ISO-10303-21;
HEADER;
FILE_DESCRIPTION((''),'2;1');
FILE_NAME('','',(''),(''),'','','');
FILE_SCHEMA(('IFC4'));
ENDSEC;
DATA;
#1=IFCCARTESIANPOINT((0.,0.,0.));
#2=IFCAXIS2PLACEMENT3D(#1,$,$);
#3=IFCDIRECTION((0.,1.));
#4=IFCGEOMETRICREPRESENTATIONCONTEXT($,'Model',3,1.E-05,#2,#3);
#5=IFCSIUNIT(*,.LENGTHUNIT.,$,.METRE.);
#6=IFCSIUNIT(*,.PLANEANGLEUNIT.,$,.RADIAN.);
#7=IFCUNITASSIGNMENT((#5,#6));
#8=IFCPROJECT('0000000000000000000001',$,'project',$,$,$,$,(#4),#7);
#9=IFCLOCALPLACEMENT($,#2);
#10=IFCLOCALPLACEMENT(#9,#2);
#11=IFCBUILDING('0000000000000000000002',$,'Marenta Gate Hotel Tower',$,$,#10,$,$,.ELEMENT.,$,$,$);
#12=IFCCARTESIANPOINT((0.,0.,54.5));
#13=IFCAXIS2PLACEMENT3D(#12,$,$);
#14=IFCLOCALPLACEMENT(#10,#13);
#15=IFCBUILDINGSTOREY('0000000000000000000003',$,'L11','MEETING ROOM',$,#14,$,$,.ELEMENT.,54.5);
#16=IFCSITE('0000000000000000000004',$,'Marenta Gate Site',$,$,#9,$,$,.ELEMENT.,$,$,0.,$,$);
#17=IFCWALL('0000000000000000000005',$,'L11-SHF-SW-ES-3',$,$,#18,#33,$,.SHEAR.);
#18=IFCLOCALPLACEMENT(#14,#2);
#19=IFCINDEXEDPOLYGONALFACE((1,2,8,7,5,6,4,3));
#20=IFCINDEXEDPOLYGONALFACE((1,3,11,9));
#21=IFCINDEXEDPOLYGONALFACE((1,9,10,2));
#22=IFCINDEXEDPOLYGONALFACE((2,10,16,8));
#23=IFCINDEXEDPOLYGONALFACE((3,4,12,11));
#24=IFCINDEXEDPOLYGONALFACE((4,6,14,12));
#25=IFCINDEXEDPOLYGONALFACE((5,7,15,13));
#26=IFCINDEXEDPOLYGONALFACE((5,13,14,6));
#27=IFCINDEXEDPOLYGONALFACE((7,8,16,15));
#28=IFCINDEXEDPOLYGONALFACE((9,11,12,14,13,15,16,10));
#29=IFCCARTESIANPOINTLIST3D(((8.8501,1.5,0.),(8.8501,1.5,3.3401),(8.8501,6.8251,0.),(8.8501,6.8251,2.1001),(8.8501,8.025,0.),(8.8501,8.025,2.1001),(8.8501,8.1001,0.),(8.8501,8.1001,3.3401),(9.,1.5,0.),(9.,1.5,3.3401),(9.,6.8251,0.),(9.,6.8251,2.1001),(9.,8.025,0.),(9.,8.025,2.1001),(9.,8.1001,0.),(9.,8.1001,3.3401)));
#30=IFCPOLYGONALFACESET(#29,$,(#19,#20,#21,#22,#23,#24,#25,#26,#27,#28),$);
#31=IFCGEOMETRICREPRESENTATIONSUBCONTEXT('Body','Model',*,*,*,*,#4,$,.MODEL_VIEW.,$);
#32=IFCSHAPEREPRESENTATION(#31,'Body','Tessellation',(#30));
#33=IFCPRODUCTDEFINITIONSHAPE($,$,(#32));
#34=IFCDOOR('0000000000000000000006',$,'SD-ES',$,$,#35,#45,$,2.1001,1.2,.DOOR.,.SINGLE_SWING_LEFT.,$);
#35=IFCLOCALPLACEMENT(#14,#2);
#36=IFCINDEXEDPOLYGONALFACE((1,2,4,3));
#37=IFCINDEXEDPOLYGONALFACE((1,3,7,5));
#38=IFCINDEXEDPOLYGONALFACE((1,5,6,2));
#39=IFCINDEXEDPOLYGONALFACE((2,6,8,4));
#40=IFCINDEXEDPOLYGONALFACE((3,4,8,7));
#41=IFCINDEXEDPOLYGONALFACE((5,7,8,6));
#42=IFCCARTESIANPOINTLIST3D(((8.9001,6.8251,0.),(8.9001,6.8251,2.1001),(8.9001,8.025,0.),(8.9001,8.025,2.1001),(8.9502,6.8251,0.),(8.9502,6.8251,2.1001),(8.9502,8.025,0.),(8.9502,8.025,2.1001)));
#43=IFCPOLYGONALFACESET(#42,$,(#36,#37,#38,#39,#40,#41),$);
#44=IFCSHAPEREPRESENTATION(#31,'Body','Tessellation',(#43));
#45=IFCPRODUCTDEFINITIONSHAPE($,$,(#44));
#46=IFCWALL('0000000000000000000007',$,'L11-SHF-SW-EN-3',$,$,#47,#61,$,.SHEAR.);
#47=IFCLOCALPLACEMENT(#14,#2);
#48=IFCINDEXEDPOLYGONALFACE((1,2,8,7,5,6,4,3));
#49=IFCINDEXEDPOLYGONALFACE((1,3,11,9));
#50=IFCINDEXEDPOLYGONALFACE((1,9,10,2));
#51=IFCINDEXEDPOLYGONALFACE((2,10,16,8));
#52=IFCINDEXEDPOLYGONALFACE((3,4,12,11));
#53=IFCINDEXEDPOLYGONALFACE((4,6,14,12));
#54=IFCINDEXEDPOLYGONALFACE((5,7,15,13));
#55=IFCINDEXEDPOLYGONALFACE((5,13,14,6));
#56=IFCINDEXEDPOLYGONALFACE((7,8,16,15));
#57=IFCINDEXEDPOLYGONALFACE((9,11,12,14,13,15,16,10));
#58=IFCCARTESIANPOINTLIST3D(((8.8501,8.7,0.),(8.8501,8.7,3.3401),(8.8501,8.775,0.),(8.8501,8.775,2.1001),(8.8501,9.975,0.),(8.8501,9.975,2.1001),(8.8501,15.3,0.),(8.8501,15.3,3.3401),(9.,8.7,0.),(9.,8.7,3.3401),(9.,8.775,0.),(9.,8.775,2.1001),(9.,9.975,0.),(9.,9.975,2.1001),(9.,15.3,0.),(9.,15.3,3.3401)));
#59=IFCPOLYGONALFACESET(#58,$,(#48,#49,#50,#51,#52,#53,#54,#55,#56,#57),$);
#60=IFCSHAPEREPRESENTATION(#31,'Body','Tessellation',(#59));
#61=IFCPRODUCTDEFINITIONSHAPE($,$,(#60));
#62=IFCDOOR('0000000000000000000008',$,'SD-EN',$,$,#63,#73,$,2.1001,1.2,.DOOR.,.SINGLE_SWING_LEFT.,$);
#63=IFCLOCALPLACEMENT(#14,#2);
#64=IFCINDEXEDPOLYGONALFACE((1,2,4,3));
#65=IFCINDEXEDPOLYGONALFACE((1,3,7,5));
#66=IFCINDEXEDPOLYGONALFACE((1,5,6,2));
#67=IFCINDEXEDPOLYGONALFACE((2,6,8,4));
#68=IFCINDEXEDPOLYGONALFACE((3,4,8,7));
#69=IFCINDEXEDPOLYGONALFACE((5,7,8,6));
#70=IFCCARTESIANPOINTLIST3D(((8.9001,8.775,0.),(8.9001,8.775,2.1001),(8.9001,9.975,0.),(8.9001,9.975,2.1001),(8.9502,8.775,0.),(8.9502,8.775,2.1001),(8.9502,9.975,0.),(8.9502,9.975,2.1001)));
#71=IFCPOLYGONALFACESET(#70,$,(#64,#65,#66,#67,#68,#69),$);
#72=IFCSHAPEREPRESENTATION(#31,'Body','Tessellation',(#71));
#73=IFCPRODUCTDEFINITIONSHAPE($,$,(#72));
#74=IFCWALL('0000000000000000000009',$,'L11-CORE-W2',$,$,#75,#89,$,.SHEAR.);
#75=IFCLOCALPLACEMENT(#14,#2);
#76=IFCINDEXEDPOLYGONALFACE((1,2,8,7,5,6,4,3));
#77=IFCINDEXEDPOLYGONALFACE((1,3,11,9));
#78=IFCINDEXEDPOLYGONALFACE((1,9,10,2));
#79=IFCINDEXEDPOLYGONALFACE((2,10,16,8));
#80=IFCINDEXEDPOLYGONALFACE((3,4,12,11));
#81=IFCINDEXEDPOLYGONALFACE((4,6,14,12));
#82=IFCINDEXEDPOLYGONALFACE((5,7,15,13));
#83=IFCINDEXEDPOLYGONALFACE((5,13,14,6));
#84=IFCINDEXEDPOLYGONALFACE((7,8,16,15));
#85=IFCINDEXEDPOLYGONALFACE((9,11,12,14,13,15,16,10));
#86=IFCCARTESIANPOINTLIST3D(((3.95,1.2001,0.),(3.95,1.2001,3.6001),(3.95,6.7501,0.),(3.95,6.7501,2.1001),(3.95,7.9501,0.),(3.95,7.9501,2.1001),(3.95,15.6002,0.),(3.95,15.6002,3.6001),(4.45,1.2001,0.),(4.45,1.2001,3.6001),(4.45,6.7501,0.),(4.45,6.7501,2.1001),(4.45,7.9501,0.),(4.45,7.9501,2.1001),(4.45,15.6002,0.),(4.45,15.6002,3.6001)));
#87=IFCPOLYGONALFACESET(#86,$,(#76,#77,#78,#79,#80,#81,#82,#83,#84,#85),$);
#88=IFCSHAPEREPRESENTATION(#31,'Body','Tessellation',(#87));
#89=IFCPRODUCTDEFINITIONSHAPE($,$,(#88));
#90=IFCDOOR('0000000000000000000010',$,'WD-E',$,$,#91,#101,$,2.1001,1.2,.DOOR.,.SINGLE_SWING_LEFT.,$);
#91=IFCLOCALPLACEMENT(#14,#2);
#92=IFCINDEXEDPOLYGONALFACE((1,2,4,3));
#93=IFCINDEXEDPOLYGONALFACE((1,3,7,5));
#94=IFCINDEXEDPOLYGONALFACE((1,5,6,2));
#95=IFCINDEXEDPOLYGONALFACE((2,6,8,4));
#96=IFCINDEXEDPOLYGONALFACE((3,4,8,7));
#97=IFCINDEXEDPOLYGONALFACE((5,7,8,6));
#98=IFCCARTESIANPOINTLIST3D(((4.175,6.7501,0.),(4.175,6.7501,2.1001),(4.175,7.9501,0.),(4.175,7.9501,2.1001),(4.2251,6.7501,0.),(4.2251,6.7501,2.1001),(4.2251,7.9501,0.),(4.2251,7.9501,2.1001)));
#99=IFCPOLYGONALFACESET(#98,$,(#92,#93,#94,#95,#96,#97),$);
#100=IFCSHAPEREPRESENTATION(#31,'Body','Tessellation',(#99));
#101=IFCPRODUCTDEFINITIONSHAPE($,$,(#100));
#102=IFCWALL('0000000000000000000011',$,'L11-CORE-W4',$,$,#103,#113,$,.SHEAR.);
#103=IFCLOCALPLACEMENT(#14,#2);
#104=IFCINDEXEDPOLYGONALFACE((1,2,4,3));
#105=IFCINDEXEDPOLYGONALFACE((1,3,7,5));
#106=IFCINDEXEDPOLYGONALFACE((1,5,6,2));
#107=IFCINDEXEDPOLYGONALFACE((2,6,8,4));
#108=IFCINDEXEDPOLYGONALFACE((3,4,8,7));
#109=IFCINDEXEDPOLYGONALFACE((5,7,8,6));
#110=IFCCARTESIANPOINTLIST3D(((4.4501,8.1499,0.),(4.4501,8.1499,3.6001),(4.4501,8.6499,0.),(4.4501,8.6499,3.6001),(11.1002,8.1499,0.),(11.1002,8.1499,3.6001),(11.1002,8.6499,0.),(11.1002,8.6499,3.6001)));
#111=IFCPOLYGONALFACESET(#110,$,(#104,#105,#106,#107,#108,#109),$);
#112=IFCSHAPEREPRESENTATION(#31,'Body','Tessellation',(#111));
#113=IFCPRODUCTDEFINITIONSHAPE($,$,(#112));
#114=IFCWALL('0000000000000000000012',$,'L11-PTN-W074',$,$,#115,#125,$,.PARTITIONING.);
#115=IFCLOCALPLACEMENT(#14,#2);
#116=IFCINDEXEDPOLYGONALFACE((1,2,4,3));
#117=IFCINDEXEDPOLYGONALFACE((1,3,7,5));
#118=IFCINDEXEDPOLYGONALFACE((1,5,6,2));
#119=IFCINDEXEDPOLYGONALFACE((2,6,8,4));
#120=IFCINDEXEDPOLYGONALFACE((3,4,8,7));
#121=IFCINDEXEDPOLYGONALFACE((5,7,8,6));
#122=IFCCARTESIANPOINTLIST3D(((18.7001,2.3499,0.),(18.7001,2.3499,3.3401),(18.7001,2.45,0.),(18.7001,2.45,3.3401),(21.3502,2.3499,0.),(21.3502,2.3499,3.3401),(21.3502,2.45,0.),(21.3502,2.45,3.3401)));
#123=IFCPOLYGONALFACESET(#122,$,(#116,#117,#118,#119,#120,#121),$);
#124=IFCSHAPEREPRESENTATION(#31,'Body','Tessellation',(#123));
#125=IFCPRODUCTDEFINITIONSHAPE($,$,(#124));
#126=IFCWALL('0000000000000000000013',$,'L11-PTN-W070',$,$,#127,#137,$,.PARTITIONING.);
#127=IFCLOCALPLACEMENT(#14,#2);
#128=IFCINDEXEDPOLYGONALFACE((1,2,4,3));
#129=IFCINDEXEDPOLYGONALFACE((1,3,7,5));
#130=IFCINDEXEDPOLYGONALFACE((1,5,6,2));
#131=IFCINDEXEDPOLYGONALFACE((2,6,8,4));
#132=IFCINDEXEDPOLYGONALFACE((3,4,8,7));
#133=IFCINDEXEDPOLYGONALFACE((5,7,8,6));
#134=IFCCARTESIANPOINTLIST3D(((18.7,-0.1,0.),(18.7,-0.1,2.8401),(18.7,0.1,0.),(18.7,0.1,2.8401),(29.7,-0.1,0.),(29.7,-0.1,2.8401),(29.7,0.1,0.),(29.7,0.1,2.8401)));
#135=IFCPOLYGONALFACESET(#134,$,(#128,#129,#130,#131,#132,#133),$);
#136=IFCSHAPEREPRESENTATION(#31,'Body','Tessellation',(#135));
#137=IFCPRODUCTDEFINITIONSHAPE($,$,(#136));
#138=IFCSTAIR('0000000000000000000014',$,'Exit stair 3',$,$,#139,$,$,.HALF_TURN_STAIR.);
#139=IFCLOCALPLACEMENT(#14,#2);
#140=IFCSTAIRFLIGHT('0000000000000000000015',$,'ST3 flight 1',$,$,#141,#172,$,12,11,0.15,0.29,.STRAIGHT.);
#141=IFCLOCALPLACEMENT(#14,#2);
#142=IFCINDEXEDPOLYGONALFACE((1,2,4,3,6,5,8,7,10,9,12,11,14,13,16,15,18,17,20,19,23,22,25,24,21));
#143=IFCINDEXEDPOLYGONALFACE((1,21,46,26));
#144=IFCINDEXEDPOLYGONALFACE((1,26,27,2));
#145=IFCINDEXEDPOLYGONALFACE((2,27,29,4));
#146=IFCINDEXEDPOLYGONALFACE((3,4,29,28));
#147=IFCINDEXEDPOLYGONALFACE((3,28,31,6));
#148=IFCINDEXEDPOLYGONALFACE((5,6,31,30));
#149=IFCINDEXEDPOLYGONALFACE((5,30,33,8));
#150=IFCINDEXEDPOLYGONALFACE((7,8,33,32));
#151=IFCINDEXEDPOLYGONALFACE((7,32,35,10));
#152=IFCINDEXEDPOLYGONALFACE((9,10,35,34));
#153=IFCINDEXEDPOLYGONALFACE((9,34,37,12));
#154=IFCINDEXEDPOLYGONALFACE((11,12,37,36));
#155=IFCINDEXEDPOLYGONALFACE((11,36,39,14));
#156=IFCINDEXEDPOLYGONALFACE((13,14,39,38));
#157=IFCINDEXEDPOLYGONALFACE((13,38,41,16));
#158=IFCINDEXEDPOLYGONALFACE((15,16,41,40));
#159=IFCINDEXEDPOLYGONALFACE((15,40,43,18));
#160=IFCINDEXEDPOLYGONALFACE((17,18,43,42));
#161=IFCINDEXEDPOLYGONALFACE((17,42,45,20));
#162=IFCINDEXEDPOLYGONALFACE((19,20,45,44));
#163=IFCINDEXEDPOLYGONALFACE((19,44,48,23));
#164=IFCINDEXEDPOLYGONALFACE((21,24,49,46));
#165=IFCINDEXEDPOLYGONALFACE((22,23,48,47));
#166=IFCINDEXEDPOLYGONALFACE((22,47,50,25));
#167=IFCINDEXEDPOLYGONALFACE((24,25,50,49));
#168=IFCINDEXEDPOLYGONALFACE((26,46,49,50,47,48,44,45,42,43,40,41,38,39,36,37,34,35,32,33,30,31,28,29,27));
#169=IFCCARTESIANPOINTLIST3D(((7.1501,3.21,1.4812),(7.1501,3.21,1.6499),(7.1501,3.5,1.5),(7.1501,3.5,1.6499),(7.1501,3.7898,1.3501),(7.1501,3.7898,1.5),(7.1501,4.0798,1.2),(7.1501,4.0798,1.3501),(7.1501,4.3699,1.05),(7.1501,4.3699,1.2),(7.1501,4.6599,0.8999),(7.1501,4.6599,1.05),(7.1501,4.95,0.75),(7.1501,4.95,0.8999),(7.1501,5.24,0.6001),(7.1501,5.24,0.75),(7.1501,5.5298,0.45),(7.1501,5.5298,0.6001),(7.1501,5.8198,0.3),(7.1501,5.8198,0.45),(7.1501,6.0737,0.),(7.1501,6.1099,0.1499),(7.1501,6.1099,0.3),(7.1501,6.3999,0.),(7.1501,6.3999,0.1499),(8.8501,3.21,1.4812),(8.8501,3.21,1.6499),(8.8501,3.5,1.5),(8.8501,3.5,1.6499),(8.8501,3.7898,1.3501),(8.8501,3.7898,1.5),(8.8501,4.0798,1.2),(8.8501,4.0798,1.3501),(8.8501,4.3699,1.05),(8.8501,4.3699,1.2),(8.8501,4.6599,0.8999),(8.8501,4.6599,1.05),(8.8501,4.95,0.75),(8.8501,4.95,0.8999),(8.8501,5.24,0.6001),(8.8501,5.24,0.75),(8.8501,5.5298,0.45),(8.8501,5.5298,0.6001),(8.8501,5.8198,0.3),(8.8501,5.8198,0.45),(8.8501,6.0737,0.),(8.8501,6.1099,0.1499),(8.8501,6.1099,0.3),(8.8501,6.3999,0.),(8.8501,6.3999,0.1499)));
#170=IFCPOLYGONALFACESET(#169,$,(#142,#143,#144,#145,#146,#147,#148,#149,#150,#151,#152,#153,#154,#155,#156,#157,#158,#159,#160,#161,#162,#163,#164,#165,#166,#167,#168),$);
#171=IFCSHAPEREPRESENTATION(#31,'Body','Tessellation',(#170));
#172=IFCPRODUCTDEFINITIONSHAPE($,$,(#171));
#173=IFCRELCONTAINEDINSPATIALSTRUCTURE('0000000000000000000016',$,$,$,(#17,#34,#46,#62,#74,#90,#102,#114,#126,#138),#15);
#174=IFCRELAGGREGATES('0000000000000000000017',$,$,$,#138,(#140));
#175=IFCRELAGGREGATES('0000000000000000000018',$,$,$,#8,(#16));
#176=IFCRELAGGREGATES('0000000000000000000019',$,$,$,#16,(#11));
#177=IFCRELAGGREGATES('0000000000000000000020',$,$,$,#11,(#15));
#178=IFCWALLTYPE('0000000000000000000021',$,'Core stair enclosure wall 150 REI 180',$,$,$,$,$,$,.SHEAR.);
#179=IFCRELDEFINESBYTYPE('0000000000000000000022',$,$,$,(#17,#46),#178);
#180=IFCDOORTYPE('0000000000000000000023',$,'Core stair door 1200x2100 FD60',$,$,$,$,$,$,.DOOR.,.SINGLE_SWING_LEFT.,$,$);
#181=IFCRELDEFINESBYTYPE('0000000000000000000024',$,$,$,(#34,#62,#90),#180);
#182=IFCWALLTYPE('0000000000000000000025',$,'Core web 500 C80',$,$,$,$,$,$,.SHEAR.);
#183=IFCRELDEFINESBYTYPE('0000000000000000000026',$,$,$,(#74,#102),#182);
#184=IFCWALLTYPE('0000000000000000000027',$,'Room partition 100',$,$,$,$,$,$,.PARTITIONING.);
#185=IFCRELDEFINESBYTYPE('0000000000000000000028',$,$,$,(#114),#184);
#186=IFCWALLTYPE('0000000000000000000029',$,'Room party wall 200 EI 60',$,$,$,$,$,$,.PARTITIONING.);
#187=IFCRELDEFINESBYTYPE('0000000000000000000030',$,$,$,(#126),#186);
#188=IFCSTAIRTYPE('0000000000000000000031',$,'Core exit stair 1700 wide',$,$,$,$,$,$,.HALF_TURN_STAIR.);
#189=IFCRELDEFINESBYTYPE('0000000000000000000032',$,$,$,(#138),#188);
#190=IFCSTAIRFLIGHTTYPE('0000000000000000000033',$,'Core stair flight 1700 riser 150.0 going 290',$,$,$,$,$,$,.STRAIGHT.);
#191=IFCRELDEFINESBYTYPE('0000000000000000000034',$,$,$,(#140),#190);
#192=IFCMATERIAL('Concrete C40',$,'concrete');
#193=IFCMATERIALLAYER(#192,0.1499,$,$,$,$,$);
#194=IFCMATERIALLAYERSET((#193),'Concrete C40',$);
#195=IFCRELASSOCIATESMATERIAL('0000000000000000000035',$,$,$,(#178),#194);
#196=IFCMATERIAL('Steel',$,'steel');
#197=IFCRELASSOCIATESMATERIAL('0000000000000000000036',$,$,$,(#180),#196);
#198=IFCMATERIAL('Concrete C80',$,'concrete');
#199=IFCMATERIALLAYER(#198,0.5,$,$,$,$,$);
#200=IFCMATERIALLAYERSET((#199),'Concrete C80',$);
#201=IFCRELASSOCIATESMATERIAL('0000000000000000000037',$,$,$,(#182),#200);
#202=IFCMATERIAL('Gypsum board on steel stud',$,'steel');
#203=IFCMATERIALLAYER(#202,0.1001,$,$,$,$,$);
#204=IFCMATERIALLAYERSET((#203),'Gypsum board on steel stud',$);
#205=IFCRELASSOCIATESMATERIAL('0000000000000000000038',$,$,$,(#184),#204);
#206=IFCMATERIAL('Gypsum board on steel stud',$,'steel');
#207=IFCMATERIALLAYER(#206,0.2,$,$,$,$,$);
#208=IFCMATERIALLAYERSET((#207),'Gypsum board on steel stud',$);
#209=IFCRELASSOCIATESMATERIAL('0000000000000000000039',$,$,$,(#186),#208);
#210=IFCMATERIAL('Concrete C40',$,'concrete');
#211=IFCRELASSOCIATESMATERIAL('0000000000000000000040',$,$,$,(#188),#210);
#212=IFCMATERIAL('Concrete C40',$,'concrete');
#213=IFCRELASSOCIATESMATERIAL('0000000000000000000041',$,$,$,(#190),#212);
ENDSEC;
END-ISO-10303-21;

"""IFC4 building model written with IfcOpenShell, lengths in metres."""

from ifc_helpers import new_model, si_unit, direction, frame, frame_2d, origin, place, context, subcontext, project, spatial, polyline, rectangle, outline, extrude, material, layer, layer_set, type_object, element, fill, aggregate, save


model = new_model("IFC4")

# Units and contexts
model_context = context("Model", 3, precision=1e-05, world=origin(), true_north=direction((0.0, 1.0)))
body_context = subcontext(model_context, "Body", "Model", "MODEL_VIEW")
ifc_project = project(units=[si_unit("LENGTHUNIT", "METRE"), si_unit("PLANEANGLEUNIT", "RADIAN")], contexts=[model_context])

# Site, building, storey
site_placement = place(None, origin())
site = spatial("IfcSite", under=ifc_project, at=site_placement, Name="Marenta Gate Site", CompositionType="ELEMENT", RefElevation=0.0)
building_placement = place(site_placement, origin())
building = spatial("IfcBuilding", under=site, at=building_placement, Name="Marenta Gate Hotel Tower", CompositionType="ELEMENT")
storey_placement = place(building_placement, frame((0.0, 0.0, 54.5)))
storey = spatial("IfcBuildingStorey", under=building, at=storey_placement, Name="L11", Description="MEETING ROOM", CompositionType="ELEMENT", Elevation=54.5)

# Walls, openings, doors
ifc_material_1 = material(Name="Concrete C40", Category="concrete")
ifc_layer_1 = layer(ifc_material_1, 0.1499)
ifc_layer_set_1 = layer_set([ifc_layer_1], Name="Concrete C40")
wall_type_1 = type_object("IfcWallType", Name="Core stair enclosure wall 150 REI 180", PredefinedType="SHEAR", material=ifc_layer_set_1)
wall_1_placement = place(storey_placement, frame((8.925, 1.5, 0.0), z_axis=(0.0, 0.0, 1.0), x_axis=(0.0, 1.0, 0.0)))
wall_1 = element("IfcWall", 1, at=wall_1_placement, inside=storey, type_object=wall_type_1, Name="L11-SHF-SW-ES-3", PredefinedType="SHEAR", context=body_context, shape_type="SweptSolid", body=[
    extrude(rectangle(XDim=6.6001, YDim=0.1499, at=frame_2d((3.3, 0.0))), origin(), (0.0, 0.0, 1.0), 3.3401),
])
opening_1_placement = place(wall_1_placement, frame((5.325, 0.0, 0.0)))
opening_1 = element("IfcOpeningElement", 2, at=opening_1_placement, cuts=wall_1, PredefinedType="OPENING", context=body_context, shape_type="SweptSolid", body=[
    extrude(rectangle(XDim=1.2, YDim=2.1001, at=frame_2d((0.6001, 1.05))), frame((0.0, 0.075, 0.0), z_axis=(0.0, -1.0, 0.0), x_axis=(1.0, 0.0, 0.0)), (0.0, 0.0, 1.0), 0.1499),
])
ifc_material_2 = material(Name="Steel", Category="steel")
door_type_1 = type_object("IfcDoorType", Name="Core stair door 1200x2100 FD60", OperationType="SINGLE_SWING_LEFT", PredefinedType="DOOR", material=ifc_material_2)
door_1_placement = place(opening_1_placement, origin())
door_1 = element("IfcDoor", 3, at=door_1_placement, inside=storey, type_object=door_type_1, Name="SD-ES", OperationType="SINGLE_SWING_LEFT", OverallHeight=2.1001, OverallWidth=1.2, PredefinedType="DOOR", context=body_context, shape_type="SweptSolid", body=[
    extrude(rectangle(XDim=1.2, YDim=2.1001, at=frame_2d((0.6001, 1.05))), frame((0.0, 0.0249, 0.0), z_axis=(0.0, -1.0, 0.0), x_axis=(1.0, 0.0, 0.0)), (0.0, 0.0, 1.0), 0.05),
])
fill(opening_1, door_1)
wall_2_placement = place(storey_placement, frame((8.925, 8.7, 0.0), z_axis=(0.0, 0.0, 1.0), x_axis=(0.0, 1.0, 0.0)))
wall_2 = element("IfcWall", 4, at=wall_2_placement, inside=storey, type_object=wall_type_1, Name="L11-SHF-SW-EN-3", PredefinedType="SHEAR", context=body_context, shape_type="SweptSolid", body=[
    extrude(rectangle(XDim=6.6001, YDim=0.1499, at=frame_2d((3.3, 0.0))), origin(), (0.0, 0.0, 1.0), 3.3401),
])
opening_2_placement = place(wall_2_placement, frame((0.075, 0.0, 0.0)))
opening_2 = element("IfcOpeningElement", 5, at=opening_2_placement, cuts=wall_2, PredefinedType="OPENING", context=body_context, shape_type="SweptSolid", body=[
    extrude(rectangle(XDim=1.2, YDim=2.1001, at=frame_2d((0.6001, 1.05))), frame((0.0, 0.075, 0.0), z_axis=(0.0, -1.0, 0.0), x_axis=(1.0, 0.0, 0.0)), (0.0, 0.0, 1.0), 0.1499),
])
door_2_placement = place(opening_2_placement, origin())
door_2 = element("IfcDoor", 6, at=door_2_placement, inside=storey, type_object=door_type_1, Name="SD-EN", OperationType="SINGLE_SWING_LEFT", OverallHeight=2.1001, OverallWidth=1.2, PredefinedType="DOOR", context=body_context, shape_type="SweptSolid", body=[
    extrude(rectangle(XDim=1.2, YDim=2.1001, at=frame_2d((0.6001, 1.05))), frame((0.0, 0.0249, 0.0), z_axis=(0.0, -1.0, 0.0), x_axis=(1.0, 0.0, 0.0)), (0.0, 0.0, 1.0), 0.05),
])
fill(opening_2, door_2)
ifc_material_3 = material(Name="Concrete C80", Category="concrete")
ifc_layer_2 = layer(ifc_material_3, 0.5)
ifc_layer_set_2 = layer_set([ifc_layer_2], Name="Concrete C80")
wall_type_2 = type_object("IfcWallType", Name="Core web 500 C80", PredefinedType="SHEAR", material=ifc_layer_set_2)
wall_3_placement = place(storey_placement, frame((4.2, 1.2, 0.0), z_axis=(0.0, 0.0, 1.0), x_axis=(0.0, 1.0, 0.0)))
wall_3 = element("IfcWall", 7, at=wall_3_placement, inside=storey, type_object=wall_type_2, Name="L11-CORE-W2", PredefinedType="SHEAR", context=body_context, shape_type="SweptSolid", body=[
    extrude(rectangle(XDim=14.4001, YDim=0.5, at=frame_2d((7.2002, 0.0))), origin(), (0.0, 0.0, 1.0), 3.6001),
])
opening_3_placement = place(wall_3_placement, frame((5.55, 0.0, 0.0)))
opening_3 = element("IfcOpeningElement", 8, at=opening_3_placement, cuts=wall_3, PredefinedType="OPENING", context=body_context, shape_type="SweptSolid", body=[
    extrude(rectangle(XDim=1.2, YDim=2.1001, at=frame_2d((0.6001, 1.05))), frame((0.0, 0.25, 0.0), z_axis=(0.0, -1.0, 0.0), x_axis=(1.0, 0.0, 0.0)), (0.0, 0.0, 1.0), 0.5),
])
door_3_placement = place(opening_3_placement, origin())
door_3 = element("IfcDoor", 9, at=door_3_placement, inside=storey, type_object=door_type_1, Name="WD-E", OperationType="SINGLE_SWING_LEFT", OverallHeight=2.1001, OverallWidth=1.2, PredefinedType="DOOR", context=body_context, shape_type="SweptSolid", body=[
    extrude(rectangle(XDim=1.2, YDim=2.1001, at=frame_2d((0.6001, 1.05))), frame((0.0, 0.0249, 0.0), z_axis=(0.0, -1.0, 0.0), x_axis=(1.0, 0.0, 0.0)), (0.0, 0.0, 1.0), 0.05),
])
fill(opening_3, door_3)

# Walls
wall_4_placement = place(storey_placement, frame((4.45, 8.3999, 0.0), z_axis=(0.0, 0.0, 1.0), x_axis=(1.0, 0.0, 0.0)))
element("IfcWall", 10, at=wall_4_placement, inside=storey, type_object=wall_type_2, Name="L11-CORE-W4", PredefinedType="SHEAR", context=body_context, shape_type="SweptSolid", body=[
    extrude(rectangle(XDim=6.6501, YDim=0.5, at=frame_2d((3.3252, 0.0))), origin(), (0.0, 0.0, 1.0), 3.6001),
])
ifc_material_4 = material(Name="Gypsum board on steel stud", Category="steel")
ifc_layer_3 = layer(ifc_material_4, 0.1001)
ifc_layer_set_3 = layer_set([ifc_layer_3], Name="Gypsum board on steel stud")
wall_type_3 = type_object("IfcWallType", Name="Room partition 100", PredefinedType="PARTITIONING", material=ifc_layer_set_3)
wall_5_placement = place(storey_placement, frame((18.7, 2.3999, 0.0), z_axis=(0.0, 0.0, 1.0), x_axis=(1.0, 0.0, 0.0)))
element("IfcWall", 11, at=wall_5_placement, inside=storey, type_object=wall_type_3, Name="L11-PTN-W074", PredefinedType="PARTITIONING", context=body_context, shape_type="SweptSolid", body=[
    extrude(rectangle(XDim=2.6501, YDim=0.1001, at=frame_2d((1.3252, 0.0))), origin(), (0.0, 0.0, 1.0), 3.3401),
])
ifc_material_5 = material(Name="Gypsum board on steel stud", Category="steel")
ifc_layer_4 = layer(ifc_material_5, 0.2)
ifc_layer_set_4 = layer_set([ifc_layer_4], Name="Gypsum board on steel stud")
wall_type_4 = type_object("IfcWallType", Name="Room party wall 200 EI 60", PredefinedType="PARTITIONING", material=ifc_layer_set_4)
wall_6_placement = place(storey_placement, frame((18.7, 0.0, 0.0), z_axis=(0.0, 0.0, 1.0), x_axis=(1.0, 0.0, 0.0)))
element("IfcWall", 12, at=wall_6_placement, inside=storey, type_object=wall_type_4, Name="L11-PTN-W070", PredefinedType="PARTITIONING", context=body_context, shape_type="SweptSolid", body=[
    extrude(rectangle(XDim=11.0, YDim=0.2, at=frame_2d((5.5, 0.0))), origin(), (0.0, 0.0, 1.0), 2.8401),
])

# Stair, stair flight
ifc_material_6 = material(Name="Concrete C40", Category="concrete")
stair_type = type_object("IfcStairType", Name="Core exit stair 1700 wide", PredefinedType="HALF_TURN_STAIR", material=ifc_material_6)
stair_placement = place(storey_placement, origin())
stair = element("IfcStair", 13, at=stair_placement, inside=storey, type_object=stair_type, Name="Exit stair 3", PredefinedType="HALF_TURN_STAIR")
ifc_material_7 = material(Name="Concrete C40", Category="concrete")
stair_flight_type = type_object("IfcStairFlightType", Name="Core stair flight 1700 riser 150.0 going 290", PredefinedType="STRAIGHT", material=ifc_material_7)
stair_flight_1_placement = place(storey_placement, frame((8.0, 6.3999, 0.0), z_axis=(0.0, 0.0, 1.0), x_axis=(0.0, -1.0, 0.0)))
stair_flight_1 = element("IfcStairFlight", 14, at=stair_flight_1_placement, type_object=stair_flight_type, Name="ST3 flight 1", NumberOfRisers=12, NumberOfTreads=11, PredefinedType="STRAIGHT", RiserHeight=0.15, TreadLength=0.29, context=body_context, shape_type="SweptSolid", body=[
    extrude(outline(polyline([(0.0, 0.0), (0.0, 0.1499), (0.29, 0.1499), (0.29, 0.3), (0.5801, 0.3), (0.5801, 0.45), (0.8701, 0.45), (0.8701, 0.6001), (1.1599, 0.6001), (1.1599, 0.75), (1.45, 0.75), (1.45, 0.8999), (1.74, 0.8999), (1.74, 1.05), (2.03, 1.05), (2.03, 1.2), (2.3201, 1.2), (2.3201, 1.3501), (2.6101, 1.3501), (2.6101, 1.5), (2.8999, 1.5), (2.8999, 1.6499), (3.1899, 1.6499), (3.1899, 1.8), (3.1899, 1.4812), (0.3262, 0.0), (0.0, 0.0)])), frame((0.0, 0.8501, 0.0), z_axis=(0.0, -1.0, 0.0), x_axis=(1.0, 0.0, 0.0)), (0.0, 0.0, 1.0), 1.7),
])
aggregate(stair, [stair_flight_1])

save(model, "model.ifc")
